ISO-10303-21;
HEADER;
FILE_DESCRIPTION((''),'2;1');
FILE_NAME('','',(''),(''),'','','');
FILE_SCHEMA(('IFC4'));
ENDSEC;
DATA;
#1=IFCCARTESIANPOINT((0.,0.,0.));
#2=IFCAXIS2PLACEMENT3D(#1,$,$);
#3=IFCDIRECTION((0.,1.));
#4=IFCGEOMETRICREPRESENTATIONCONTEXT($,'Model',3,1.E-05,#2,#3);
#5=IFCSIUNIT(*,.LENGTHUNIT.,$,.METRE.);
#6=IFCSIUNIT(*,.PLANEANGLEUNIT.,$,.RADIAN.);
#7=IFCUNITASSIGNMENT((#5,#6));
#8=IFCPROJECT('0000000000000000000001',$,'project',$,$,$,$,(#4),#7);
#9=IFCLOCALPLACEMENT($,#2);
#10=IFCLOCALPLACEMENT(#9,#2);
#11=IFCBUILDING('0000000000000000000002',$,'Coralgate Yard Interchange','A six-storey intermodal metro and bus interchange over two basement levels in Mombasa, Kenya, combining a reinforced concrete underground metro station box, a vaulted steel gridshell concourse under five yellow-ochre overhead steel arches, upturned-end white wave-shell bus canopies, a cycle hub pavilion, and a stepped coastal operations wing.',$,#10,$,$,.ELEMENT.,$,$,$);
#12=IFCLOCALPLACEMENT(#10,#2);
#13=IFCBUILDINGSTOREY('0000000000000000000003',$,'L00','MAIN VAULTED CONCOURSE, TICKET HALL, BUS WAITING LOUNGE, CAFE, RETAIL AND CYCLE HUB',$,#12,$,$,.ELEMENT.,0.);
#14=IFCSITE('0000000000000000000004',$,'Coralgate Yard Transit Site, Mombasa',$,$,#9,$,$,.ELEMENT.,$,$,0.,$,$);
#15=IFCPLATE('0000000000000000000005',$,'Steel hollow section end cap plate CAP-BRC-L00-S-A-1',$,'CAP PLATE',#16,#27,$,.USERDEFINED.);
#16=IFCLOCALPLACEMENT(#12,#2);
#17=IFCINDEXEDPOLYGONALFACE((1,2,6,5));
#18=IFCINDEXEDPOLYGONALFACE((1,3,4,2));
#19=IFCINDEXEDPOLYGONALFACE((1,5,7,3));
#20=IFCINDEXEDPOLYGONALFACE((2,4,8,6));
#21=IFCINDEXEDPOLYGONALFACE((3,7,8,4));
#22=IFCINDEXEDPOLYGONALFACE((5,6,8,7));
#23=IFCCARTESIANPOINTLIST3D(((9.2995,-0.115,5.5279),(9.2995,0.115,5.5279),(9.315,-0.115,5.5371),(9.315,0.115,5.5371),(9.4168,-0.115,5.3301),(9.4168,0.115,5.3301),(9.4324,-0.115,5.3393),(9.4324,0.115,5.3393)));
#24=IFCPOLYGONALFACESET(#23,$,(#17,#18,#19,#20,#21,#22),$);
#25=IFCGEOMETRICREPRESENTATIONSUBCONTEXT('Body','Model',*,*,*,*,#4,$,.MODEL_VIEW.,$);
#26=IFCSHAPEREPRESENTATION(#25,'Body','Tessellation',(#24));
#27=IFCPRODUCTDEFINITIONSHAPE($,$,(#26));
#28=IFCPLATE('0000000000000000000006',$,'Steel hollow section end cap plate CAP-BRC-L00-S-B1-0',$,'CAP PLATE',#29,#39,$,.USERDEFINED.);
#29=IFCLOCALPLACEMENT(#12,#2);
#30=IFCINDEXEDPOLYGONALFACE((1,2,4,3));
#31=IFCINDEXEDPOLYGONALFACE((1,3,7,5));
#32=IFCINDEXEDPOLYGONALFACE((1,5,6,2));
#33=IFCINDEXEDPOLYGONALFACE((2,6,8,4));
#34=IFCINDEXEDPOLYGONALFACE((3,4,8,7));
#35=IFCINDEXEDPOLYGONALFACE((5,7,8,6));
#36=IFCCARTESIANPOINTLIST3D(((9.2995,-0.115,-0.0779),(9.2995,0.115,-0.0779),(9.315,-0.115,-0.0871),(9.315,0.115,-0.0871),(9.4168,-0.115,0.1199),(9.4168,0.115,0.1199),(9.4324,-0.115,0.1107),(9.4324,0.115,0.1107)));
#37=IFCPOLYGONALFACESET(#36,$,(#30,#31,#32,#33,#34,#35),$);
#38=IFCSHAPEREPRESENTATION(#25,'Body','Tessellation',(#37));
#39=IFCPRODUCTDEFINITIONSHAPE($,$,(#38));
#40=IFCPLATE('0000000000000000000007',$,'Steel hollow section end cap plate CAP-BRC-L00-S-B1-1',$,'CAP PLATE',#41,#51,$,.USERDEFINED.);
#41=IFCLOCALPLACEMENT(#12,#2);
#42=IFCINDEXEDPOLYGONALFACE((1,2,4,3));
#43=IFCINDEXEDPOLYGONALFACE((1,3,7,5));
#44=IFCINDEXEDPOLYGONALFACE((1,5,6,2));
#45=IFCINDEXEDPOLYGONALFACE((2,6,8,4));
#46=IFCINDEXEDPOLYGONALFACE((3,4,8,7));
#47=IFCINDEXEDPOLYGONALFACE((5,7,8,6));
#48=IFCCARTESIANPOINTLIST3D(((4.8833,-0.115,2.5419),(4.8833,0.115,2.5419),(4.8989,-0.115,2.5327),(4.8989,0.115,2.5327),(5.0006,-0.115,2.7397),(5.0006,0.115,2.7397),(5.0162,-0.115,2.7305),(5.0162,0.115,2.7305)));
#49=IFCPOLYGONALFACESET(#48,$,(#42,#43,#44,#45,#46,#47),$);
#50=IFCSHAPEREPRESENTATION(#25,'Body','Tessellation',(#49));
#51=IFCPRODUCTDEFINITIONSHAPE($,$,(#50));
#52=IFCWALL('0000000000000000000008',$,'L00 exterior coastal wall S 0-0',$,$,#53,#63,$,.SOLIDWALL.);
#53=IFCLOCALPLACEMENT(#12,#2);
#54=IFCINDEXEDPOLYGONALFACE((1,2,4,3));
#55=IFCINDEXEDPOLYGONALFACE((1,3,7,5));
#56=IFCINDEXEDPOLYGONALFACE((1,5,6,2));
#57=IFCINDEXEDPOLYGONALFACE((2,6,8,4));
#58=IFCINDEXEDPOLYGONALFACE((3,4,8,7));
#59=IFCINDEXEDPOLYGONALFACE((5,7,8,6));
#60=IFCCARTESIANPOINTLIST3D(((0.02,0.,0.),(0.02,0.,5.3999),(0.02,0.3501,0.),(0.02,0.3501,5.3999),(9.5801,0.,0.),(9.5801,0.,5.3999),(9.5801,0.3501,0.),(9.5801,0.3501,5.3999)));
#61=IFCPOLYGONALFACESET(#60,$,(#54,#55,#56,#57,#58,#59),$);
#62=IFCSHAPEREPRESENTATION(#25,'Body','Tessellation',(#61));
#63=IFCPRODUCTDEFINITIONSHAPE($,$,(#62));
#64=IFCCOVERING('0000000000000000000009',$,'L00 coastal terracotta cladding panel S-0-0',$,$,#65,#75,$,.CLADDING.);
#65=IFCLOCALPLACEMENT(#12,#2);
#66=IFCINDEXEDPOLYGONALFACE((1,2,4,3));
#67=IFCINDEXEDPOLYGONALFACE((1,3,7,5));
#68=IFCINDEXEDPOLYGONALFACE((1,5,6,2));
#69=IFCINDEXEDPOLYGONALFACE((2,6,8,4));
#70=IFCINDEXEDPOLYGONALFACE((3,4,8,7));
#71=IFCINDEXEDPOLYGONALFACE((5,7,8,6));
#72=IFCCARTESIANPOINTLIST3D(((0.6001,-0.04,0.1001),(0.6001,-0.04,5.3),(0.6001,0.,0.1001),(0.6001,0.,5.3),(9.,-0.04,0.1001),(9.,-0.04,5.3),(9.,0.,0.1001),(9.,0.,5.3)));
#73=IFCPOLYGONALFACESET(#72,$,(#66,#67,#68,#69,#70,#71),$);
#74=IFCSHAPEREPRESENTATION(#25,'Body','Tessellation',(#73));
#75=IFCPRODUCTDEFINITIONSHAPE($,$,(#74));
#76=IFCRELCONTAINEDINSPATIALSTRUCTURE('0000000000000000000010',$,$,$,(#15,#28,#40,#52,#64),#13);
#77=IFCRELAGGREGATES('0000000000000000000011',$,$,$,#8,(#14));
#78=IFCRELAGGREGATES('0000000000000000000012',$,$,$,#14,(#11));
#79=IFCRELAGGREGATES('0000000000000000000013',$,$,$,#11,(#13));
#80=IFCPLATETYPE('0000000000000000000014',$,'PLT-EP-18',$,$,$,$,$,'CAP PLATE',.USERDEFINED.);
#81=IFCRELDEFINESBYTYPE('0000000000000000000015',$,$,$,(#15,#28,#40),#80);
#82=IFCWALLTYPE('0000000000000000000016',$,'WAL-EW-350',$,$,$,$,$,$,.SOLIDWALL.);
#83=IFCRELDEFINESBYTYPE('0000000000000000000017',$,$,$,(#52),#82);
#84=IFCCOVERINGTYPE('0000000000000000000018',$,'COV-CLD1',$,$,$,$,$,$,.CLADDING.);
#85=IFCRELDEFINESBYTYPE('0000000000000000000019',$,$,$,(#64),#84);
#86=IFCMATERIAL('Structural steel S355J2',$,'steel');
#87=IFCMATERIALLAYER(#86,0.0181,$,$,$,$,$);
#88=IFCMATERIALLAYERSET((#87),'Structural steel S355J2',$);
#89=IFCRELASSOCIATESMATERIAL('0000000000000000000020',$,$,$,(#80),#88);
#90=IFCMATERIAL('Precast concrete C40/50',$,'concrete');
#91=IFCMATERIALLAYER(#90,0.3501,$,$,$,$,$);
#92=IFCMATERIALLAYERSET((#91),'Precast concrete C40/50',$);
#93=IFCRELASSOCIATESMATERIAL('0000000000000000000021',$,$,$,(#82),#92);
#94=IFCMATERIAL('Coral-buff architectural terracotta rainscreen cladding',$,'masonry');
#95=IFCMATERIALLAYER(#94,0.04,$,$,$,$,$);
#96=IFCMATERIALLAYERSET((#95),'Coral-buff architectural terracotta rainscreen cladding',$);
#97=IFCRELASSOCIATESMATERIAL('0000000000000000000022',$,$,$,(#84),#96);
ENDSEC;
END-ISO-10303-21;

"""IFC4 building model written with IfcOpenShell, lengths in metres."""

from ifc_helpers import new_model, si_unit, direction, frame, frame_2d, origin, origin_2d, place, context, subcontext, project, spatial, rectangle, extrude, material, layer, layer_set, type_object, element, save


model = new_model("IFC4")

# Units and contexts
model_context = context("Model", 3, precision=1e-05, world=origin(), true_north=direction((0.0, 1.0)))
body_context = subcontext(model_context, "Body", "Model", "MODEL_VIEW")
ifc_project = project(units=[si_unit("LENGTHUNIT", "METRE"), si_unit("PLANEANGLEUNIT", "RADIAN")], contexts=[model_context])

# Site, building, storey
site_placement = place(None, origin())
site = spatial("IfcSite", under=ifc_project, at=site_placement, Name="Coralgate Yard Transit Site, Mombasa", CompositionType="ELEMENT", RefElevation=0.0)
building_placement = place(site_placement, origin())
building = spatial("IfcBuilding", under=site, at=building_placement, Name="Coralgate Yard Interchange", Description="A six-storey intermodal metro and bus interchange over two basement levels in Mombasa, Kenya, combining a reinforced concrete underground metro station box, a vaulted steel gridshell concourse under five yellow-ochre overhead steel arches, upturned-end white wave-shell bus canopies, a cycle hub pavilion, and a stepped coastal operations wing.", CompositionType="ELEMENT")
storey_placement = place(building_placement, origin())
storey = spatial("IfcBuildingStorey", under=building, at=storey_placement, Name="L00", Description="MAIN VAULTED CONCOURSE, TICKET HALL, BUS WAITING LOUNGE, CAFE, RETAIL AND CYCLE HUB", CompositionType="ELEMENT", Elevation=0.0)

# Shared definitions
ifc_material_1 = material(Name="Structural steel S355J2", Category="steel")

# Plates
ifc_layer_1 = layer(ifc_material_1, 0.0181)
ifc_layer_set_1 = layer_set([ifc_layer_1], Name="Structural steel S355J2")
plate_type_1 = type_object("IfcPlateType", Name="PLT-EP-18", ElementType="CAP PLATE", PredefinedType="USERDEFINED", material=ifc_layer_set_1)
for number, where, z_axis, x_axis, name in (
    (1, (9.3582, 0.0, 5.429), (0.860062, 0.0, 0.51019), (0.0, 1.0, 0.0), "Steel hollow section end cap plate CAP-BRC-L00-S-A-1"),
    (2, (9.3582, 0.0, 0.021), (0.860062, 0.0, -0.51019), (0.0, 1.0, 0.0), "Steel hollow section end cap plate CAP-BRC-L00-S-B1-0"),
    (3, (4.9575, 0.0, 2.6316), (-0.860062, 0.0, 0.51019), (0.0, -1.0, 0.0), "Steel hollow section end cap plate CAP-BRC-L00-S-B1-1"),
):
    element("IfcPlate", number, at=place(storey_placement, frame(where, z_axis=z_axis, x_axis=x_axis)), inside=storey, type_object=plate_type_1, Name=name, ObjectType="CAP PLATE", PredefinedType="USERDEFINED", context=body_context, shape_type="SweptSolid", body=[
        extrude(rectangle(XDim=0.23, YDim=0.23, at=origin_2d()), origin(), (0.0, 0.0, 1.0), 0.0181),
    ])

# Wall
ifc_material_2 = material(Name="Precast concrete C40/50", Category="concrete")
ifc_layer_2 = layer(ifc_material_2, 0.3501)
ifc_layer_set_2 = layer_set([ifc_layer_2], Name="Precast concrete C40/50")
wall_type = type_object("IfcWallType", Name="WAL-EW-350", PredefinedType="SOLIDWALL", material=ifc_layer_set_2)
wall_placement = place(storey_placement, frame((9.5801, 0.175, 0.0), z_axis=(0.0, 0.0, 1.0), x_axis=(-1.0, 0.0, 0.0)))
element("IfcWall", 4, at=wall_placement, inside=storey, type_object=wall_type, Name="L00 exterior coastal wall S 0-0", PredefinedType="SOLIDWALL", context=body_context, shape_type="SweptSolid", body=[
    extrude(rectangle(XDim=9.5601, YDim=0.3501, at=frame_2d((4.78, 0.0))), origin(), (0.0, 0.0, 1.0), 5.3999),
])

# Covering
ifc_material_3 = material(Name="Coral-buff architectural terracotta rainscreen cladding", Category="masonry")
ifc_layer_3 = layer(ifc_material_3, 0.04)
ifc_layer_set_3 = layer_set([ifc_layer_3], Name="Coral-buff architectural terracotta rainscreen cladding")
covering_type = type_object("IfcCoveringType", Name="COV-CLD1", PredefinedType="CLADDING", material=ifc_layer_set_3)
covering_placement = place(storey_placement, frame((4.8, -0.02, 0.1001), z_axis=(0.0, 0.0, 1.0), x_axis=(-1.0, 0.0, 0.0)))
element("IfcCovering", 5, at=covering_placement, inside=storey, type_object=covering_type, Name="L00 coastal terracotta cladding panel S-0-0", PredefinedType="CLADDING", context=body_context, shape_type="SweptSolid", body=[
    extrude(rectangle(XDim=8.3999, YDim=0.04, at=origin_2d()), origin(), (0.0, 0.0, 1.0), 5.2),
])

save(model, "model.ifc")
